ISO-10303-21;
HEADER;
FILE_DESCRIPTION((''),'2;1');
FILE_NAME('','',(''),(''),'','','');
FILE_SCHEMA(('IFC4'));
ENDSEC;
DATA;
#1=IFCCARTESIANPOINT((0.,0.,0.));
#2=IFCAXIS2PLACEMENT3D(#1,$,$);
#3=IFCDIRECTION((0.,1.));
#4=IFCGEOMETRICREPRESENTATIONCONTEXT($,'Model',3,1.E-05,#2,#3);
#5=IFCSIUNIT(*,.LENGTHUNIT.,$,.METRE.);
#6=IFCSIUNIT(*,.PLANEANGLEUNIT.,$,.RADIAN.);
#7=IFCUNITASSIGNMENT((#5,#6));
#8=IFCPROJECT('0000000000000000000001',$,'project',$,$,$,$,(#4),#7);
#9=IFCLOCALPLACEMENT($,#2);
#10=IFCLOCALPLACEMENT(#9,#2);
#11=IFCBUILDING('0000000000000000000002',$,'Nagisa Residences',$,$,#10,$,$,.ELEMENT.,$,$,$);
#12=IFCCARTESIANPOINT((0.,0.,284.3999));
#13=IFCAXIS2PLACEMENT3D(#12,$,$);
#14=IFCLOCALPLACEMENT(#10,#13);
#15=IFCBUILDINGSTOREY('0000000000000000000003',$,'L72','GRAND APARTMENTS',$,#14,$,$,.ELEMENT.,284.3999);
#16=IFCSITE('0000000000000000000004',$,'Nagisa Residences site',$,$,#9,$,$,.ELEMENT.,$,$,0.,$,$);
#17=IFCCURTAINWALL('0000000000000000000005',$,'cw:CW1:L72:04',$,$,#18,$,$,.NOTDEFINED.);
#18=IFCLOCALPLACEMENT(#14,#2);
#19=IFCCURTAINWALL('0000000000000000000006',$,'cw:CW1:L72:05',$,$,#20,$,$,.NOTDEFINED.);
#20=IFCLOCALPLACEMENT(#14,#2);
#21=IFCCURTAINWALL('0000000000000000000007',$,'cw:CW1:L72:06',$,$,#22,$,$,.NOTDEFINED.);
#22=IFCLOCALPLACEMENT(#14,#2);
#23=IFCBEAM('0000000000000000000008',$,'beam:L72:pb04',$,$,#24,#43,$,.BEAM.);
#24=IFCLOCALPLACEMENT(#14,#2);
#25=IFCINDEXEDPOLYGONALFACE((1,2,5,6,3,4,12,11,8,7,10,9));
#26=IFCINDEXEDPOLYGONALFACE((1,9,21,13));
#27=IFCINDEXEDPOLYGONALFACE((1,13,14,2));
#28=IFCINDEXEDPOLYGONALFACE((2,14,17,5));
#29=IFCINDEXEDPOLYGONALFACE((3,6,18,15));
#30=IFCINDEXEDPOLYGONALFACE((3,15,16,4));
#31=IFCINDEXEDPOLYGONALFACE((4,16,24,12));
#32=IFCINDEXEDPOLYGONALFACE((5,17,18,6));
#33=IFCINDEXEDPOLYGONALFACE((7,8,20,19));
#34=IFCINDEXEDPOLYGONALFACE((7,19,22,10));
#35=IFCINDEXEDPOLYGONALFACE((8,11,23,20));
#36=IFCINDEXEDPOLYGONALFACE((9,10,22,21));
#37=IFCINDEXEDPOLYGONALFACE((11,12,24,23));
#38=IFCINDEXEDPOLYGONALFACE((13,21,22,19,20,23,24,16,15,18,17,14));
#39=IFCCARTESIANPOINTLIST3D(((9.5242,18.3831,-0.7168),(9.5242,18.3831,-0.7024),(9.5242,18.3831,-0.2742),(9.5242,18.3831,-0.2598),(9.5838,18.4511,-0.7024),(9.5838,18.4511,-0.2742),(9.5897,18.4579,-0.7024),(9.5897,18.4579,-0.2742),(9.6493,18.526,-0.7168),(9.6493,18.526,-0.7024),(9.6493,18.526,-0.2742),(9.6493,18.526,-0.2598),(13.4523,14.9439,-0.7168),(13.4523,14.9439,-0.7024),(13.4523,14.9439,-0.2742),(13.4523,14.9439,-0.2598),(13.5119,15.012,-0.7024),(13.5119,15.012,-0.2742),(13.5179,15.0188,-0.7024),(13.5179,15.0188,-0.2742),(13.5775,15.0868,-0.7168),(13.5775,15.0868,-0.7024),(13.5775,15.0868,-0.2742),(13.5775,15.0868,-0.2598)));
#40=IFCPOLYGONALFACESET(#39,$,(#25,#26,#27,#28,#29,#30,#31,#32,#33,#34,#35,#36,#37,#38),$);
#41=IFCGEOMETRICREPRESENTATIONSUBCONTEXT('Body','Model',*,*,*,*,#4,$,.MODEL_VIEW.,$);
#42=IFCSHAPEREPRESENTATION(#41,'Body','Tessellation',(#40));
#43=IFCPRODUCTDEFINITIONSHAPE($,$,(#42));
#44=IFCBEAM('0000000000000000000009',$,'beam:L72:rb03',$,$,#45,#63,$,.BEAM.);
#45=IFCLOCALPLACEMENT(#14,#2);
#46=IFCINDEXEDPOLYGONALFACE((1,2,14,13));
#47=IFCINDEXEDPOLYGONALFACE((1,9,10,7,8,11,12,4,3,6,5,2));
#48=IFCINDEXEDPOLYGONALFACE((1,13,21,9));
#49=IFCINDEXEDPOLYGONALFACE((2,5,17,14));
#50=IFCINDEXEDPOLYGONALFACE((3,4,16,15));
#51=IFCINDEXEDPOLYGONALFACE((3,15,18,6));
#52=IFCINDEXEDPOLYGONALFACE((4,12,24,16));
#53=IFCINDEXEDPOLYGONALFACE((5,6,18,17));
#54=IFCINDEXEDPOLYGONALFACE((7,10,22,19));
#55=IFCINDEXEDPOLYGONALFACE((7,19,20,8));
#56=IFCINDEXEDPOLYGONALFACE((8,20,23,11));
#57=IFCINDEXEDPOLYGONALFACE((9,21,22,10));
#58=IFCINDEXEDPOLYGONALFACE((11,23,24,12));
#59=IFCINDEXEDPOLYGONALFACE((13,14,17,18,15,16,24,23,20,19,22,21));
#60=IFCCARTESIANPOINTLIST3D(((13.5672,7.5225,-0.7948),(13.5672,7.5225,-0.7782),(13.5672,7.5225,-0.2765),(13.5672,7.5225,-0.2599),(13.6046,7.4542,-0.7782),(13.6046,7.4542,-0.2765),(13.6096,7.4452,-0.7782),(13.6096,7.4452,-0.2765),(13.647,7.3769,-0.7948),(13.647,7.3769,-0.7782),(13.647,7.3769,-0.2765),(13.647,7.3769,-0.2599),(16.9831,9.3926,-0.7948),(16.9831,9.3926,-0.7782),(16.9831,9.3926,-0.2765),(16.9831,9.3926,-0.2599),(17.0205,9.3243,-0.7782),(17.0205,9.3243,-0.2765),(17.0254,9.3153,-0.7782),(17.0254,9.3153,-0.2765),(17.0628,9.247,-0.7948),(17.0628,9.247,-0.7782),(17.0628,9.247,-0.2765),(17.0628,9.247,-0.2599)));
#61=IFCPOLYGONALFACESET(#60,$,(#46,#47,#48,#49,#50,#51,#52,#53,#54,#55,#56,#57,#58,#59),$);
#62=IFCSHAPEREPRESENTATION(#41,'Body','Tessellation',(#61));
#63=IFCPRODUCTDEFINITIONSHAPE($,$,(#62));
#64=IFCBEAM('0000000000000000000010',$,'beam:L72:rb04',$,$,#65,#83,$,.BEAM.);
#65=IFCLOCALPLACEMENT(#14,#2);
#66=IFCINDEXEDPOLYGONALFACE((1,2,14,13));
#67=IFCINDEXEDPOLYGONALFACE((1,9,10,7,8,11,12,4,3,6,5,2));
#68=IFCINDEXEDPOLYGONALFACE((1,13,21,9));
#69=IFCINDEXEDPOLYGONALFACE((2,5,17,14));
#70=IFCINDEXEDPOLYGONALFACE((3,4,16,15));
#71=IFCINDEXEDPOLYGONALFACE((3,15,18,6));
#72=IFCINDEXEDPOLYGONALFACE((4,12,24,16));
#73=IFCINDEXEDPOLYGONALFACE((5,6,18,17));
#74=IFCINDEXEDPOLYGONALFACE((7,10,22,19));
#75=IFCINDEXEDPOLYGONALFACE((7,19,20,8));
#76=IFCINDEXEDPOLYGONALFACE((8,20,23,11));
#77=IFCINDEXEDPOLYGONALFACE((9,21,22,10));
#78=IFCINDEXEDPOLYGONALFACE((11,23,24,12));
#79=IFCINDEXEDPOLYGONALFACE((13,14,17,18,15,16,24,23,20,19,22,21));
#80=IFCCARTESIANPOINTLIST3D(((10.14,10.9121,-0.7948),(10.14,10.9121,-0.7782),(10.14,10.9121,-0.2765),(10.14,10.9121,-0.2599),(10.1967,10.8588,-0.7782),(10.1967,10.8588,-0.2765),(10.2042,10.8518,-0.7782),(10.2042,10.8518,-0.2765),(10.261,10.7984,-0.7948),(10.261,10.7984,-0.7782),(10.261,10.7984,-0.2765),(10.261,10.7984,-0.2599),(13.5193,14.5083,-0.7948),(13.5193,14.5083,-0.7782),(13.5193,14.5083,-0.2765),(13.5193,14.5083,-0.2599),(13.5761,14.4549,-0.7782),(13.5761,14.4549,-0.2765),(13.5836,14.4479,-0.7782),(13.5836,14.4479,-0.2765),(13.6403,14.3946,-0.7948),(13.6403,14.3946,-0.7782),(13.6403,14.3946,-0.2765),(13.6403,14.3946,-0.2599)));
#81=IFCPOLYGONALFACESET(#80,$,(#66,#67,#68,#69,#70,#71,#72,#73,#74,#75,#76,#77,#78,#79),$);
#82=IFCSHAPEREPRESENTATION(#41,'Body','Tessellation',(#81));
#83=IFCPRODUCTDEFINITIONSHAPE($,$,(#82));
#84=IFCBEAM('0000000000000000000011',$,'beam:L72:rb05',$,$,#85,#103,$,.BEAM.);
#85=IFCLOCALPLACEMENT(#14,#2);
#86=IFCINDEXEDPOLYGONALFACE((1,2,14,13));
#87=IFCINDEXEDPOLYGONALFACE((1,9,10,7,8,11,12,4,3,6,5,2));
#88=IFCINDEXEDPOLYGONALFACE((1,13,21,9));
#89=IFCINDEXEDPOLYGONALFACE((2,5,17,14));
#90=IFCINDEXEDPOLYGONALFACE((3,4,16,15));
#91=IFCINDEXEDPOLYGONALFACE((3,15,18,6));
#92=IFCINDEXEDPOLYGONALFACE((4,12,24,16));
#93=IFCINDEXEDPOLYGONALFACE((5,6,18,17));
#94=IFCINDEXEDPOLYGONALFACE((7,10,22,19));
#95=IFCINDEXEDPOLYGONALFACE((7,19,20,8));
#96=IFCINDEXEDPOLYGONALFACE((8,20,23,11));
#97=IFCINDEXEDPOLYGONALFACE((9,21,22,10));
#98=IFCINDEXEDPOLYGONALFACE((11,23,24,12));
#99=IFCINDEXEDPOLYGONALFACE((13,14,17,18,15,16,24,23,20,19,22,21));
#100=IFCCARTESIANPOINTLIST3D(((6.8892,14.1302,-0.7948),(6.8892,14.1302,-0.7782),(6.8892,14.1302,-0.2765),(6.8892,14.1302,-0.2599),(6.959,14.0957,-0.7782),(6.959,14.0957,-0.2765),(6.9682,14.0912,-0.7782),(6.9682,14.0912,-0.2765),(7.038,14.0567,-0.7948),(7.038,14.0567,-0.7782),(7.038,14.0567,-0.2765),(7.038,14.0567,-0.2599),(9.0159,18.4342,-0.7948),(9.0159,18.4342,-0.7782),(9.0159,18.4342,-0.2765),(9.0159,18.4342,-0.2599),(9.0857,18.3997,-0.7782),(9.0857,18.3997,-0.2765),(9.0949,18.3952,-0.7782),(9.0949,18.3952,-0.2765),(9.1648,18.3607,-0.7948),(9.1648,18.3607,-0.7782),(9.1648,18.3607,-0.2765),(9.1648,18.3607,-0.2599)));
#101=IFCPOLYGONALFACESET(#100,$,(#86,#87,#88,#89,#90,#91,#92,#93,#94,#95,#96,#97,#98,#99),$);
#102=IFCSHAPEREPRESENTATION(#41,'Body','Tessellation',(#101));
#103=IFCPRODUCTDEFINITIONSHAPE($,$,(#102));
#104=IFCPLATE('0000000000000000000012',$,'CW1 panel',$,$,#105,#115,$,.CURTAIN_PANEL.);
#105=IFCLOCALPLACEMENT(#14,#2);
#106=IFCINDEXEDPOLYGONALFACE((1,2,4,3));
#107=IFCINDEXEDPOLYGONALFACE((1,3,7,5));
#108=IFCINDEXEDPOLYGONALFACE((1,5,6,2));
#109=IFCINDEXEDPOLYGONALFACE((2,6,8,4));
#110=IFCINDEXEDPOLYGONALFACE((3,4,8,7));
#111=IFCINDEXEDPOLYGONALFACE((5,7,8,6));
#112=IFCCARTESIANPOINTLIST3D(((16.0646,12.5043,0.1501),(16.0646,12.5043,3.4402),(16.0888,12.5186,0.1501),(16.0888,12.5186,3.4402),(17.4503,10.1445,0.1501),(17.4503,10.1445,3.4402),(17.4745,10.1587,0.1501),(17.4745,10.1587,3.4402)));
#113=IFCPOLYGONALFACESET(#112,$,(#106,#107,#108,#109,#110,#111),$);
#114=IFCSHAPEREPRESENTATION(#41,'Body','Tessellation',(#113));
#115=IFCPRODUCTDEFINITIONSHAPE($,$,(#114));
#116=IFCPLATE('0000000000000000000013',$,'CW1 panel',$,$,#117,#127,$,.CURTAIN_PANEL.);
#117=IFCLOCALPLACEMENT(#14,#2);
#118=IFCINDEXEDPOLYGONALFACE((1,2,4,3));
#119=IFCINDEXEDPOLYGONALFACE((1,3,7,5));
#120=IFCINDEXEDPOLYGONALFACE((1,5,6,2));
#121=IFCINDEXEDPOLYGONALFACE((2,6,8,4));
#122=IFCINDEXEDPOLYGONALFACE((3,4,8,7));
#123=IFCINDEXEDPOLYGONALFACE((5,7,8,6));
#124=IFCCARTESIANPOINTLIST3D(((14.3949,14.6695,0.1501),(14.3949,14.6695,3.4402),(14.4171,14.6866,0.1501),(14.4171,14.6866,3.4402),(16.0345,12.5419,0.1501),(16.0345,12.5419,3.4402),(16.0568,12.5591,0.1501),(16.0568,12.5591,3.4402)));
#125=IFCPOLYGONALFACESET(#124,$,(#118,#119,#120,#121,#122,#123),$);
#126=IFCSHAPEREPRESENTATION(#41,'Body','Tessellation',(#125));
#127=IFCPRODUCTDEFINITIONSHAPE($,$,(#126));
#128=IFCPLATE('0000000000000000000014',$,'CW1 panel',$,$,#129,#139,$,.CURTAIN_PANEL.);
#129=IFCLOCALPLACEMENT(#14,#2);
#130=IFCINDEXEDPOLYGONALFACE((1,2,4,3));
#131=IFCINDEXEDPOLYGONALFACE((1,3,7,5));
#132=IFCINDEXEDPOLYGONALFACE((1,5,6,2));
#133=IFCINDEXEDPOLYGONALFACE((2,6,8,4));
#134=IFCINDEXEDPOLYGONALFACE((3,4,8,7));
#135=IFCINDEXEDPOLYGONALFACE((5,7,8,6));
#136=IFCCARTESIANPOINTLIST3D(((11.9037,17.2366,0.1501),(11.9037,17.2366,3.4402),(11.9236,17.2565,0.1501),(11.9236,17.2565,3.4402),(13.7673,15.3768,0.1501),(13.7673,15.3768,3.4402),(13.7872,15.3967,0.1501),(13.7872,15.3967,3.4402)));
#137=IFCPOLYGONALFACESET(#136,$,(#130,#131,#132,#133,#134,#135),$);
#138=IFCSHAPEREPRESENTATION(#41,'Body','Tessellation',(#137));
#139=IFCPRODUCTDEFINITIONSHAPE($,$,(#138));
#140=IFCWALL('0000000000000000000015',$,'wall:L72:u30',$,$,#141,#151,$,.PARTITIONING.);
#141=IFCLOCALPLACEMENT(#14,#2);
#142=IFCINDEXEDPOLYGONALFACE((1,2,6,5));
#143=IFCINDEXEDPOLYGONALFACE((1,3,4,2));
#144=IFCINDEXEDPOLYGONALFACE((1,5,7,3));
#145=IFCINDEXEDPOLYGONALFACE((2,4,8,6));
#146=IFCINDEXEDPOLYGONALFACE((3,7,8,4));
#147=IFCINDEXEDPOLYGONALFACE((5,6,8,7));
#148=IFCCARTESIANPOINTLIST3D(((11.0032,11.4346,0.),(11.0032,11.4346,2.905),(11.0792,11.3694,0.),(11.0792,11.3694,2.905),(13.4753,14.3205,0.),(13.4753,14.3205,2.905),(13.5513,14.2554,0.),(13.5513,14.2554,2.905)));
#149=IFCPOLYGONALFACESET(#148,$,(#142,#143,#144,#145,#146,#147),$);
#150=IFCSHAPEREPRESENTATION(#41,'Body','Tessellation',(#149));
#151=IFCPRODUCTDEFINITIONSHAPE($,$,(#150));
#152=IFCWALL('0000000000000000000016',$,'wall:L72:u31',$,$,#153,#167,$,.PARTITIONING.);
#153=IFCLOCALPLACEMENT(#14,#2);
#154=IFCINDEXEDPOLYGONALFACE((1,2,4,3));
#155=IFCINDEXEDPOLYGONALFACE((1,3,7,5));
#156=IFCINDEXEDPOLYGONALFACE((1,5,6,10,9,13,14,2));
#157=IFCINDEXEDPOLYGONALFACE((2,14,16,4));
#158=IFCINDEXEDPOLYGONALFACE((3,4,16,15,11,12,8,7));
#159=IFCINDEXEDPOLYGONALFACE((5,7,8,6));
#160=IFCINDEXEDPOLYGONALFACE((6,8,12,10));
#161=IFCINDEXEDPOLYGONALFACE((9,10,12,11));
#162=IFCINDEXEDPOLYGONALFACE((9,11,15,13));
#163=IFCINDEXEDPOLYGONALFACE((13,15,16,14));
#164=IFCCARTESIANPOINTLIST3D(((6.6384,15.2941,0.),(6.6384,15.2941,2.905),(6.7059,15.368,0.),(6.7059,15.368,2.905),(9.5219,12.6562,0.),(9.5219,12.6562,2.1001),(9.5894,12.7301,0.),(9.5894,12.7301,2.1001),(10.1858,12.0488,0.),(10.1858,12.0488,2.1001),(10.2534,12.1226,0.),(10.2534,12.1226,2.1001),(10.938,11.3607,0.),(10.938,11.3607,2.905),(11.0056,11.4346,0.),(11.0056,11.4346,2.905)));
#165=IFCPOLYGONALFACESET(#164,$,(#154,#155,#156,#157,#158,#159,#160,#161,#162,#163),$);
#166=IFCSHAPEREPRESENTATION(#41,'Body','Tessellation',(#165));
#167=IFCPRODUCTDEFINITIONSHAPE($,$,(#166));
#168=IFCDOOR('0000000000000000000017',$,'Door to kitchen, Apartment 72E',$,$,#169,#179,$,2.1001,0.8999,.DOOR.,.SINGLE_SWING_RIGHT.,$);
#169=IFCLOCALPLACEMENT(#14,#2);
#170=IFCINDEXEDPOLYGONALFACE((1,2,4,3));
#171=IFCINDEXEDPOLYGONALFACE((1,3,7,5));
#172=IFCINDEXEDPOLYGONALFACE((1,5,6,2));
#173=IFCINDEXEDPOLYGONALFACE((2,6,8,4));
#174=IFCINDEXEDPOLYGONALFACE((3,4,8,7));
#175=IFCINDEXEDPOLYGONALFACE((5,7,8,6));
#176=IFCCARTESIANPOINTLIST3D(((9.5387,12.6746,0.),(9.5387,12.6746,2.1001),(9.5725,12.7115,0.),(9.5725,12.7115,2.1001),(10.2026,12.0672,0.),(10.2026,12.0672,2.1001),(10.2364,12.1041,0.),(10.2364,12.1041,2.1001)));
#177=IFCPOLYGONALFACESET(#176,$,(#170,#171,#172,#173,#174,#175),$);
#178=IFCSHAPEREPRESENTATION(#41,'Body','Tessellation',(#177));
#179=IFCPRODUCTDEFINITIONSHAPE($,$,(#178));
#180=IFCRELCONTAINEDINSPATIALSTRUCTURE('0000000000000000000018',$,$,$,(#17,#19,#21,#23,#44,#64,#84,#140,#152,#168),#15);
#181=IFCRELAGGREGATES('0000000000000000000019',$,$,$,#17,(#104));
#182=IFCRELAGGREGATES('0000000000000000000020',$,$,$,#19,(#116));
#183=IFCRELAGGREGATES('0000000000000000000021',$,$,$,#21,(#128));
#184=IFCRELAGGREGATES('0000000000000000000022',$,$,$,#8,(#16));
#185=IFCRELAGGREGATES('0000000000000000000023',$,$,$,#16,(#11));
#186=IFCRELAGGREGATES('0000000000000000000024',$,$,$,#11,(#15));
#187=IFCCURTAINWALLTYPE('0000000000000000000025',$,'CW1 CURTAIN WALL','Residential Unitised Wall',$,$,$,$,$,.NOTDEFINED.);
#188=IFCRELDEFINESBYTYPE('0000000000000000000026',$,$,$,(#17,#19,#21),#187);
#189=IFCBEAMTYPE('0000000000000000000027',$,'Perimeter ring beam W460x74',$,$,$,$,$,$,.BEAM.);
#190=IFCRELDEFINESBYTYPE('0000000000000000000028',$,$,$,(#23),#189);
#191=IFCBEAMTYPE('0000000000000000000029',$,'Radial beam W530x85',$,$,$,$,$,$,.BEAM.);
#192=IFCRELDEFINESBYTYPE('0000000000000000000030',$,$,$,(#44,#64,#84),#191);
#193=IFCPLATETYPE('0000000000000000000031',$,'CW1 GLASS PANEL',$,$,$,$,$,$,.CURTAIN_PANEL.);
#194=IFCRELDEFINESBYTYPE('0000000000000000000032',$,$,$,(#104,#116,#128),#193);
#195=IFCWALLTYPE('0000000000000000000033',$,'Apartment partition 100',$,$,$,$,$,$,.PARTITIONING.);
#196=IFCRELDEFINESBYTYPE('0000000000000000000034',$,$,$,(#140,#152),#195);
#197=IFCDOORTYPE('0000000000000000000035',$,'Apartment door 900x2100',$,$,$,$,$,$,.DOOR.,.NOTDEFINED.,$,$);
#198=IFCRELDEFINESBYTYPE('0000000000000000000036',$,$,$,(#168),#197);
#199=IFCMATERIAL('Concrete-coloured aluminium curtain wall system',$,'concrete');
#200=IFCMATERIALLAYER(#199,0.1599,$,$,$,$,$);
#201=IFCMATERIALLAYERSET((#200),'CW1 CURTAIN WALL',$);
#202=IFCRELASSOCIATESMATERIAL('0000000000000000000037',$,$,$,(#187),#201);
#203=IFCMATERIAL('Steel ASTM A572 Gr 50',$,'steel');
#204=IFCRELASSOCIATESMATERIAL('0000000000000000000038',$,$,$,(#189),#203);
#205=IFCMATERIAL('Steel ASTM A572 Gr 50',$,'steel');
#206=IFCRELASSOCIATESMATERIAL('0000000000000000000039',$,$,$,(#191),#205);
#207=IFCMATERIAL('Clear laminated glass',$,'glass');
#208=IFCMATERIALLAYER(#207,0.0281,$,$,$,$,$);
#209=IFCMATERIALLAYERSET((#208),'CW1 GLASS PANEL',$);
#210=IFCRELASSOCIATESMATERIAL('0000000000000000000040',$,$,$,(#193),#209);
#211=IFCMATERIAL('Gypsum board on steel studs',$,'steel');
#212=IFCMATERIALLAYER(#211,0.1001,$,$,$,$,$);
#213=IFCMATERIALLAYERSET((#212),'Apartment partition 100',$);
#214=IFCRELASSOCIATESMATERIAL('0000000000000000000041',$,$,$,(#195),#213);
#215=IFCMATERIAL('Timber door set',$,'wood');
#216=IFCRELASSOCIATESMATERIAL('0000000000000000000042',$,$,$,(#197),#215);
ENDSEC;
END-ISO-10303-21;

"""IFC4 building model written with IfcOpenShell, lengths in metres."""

from ifc_helpers import new_model, si_unit, direction, frame, frame_2d, origin, origin_2d, place, context, subcontext, project, spatial, rectangle, i_section, extrude, material, layer, layer_set, material_profile, profile_set, type_object, element, fill, aggregate, save


model = new_model("IFC4")

# Units and contexts
model_context = context("Model", 3, precision=1e-05, world=origin(), true_north=direction((0.0, 1.0)))
body_context = subcontext(model_context, "Body", "Model", "MODEL_VIEW")
ifc_project = project(units=[si_unit("LENGTHUNIT", "METRE"), si_unit("PLANEANGLEUNIT", "RADIAN")], contexts=[model_context])

# Site, building, storey
site_placement = place(None, origin())
site = spatial("IfcSite", under=ifc_project, at=site_placement, Name="Nagisa Residences site", CompositionType="ELEMENT", RefElevation=0.0)
building_placement = place(site_placement, origin())
building = spatial("IfcBuilding", under=site, at=building_placement, Name="Nagisa Residences", CompositionType="ELEMENT")
storey_placement = place(building_placement, frame((0.0, 0.0, 284.3999)))
storey = spatial("IfcBuildingStorey", under=building, at=storey_placement, Name="L72", Description="GRAND APARTMENTS", CompositionType="ELEMENT", Elevation=284.3999)

# Curtain walls
ifc_material_1 = material(Name="Concrete-coloured aluminium curtain wall system", Category="concrete")
ifc_layer_1 = layer(ifc_material_1, 0.1599)
ifc_layer_set_1 = layer_set([ifc_layer_1], Name="CW1 CURTAIN WALL")
curtain_wall_type = type_object("IfcCurtainWallType", Name="CW1 CURTAIN WALL", Description="Residential Unitised Wall", PredefinedType="NOTDEFINED", material=ifc_layer_set_1)
curtain_wall_1_placement = place(storey_placement, origin())
curtain_wall_1 = element("IfcCurtainWall", 1, at=curtain_wall_1_placement, inside=storey, type_object=curtain_wall_type, Name="cw:CW1:L72:04", PredefinedType="NOTDEFINED")
curtain_wall_2_placement = place(storey_placement, origin())
curtain_wall_2 = element("IfcCurtainWall", 2, at=curtain_wall_2_placement, inside=storey, type_object=curtain_wall_type, Name="cw:CW1:L72:05", PredefinedType="NOTDEFINED")
curtain_wall_3_placement = place(storey_placement, origin())
curtain_wall_3 = element("IfcCurtainWall", 3, at=curtain_wall_3_placement, inside=storey, type_object=curtain_wall_type, Name="cw:CW1:L72:06", PredefinedType="NOTDEFINED")

# Beams
ifc_material_2 = material(Name="Steel ASTM A572 Gr 50", Category="steel")
ifc_material_profile_1 = material_profile(ifc_material_2, i_section(OverallWidth=0.1899, OverallDepth=0.457, WebThickness=0.009, FlangeThickness=0.0144, at=origin_2d()), Name="W460x74")
ifc_profile_set_1 = profile_set([ifc_material_profile_1], Name="Steel ASTM A572 Gr 50")
beam_type_1 = type_object("IfcBeamType", Name="Perimeter ring beam W460x74", PredefinedType="BEAM", material=ifc_profile_set_1)
beam_1_placement = place(storey_placement, frame((13.5149, 15.0154, -0.4883), z_axis=(-0.752385, 0.658723, 0.0), x_axis=(-0.658723, -0.752385, 0.0)))
element("IfcBeam", 4, at=beam_1_placement, inside=storey, type_object=beam_type_1, Name="beam:L72:pb04", PredefinedType="BEAM", context=body_context, shape_type="SweptSolid", body=[
    extrude(i_section(OverallWidth=0.1899, OverallDepth=0.457, WebThickness=0.009, FlangeThickness=0.0144, at=origin_2d()), origin(), (0.0, 0.0, 1.0), 5.2209),
])
ifc_material_3 = material(Name="Steel ASTM A572 Gr 50", Category="steel")
ifc_material_profile_2 = material_profile(ifc_material_3, i_section(OverallWidth=0.166, OverallDepth=0.5349, WebThickness=0.0103, FlangeThickness=0.0166, at=origin_2d()), Name="W530x85")
ifc_profile_set_2 = profile_set([ifc_material_profile_2], Name="Steel ASTM A572 Gr 50")
beam_type_2 = type_object("IfcBeamType", Name="Radial beam W530x85", PredefinedType="BEAM", material=ifc_profile_set_2)
beam_2_placement = place(storey_placement, frame((17.0229, 9.3198, -0.5273), z_axis=(-0.877142, -0.480231, 0.0), x_axis=(0.480231, -0.877142, 0.0)))
element("IfcBeam", 5, at=beam_2_placement, inside=storey, type_object=beam_type_2, Name="beam:L72:rb03", PredefinedType="BEAM", context=body_context, shape_type="SweptSolid", body=[
    extrude(i_section(OverallWidth=0.166, OverallDepth=0.5349, WebThickness=0.0103, FlangeThickness=0.0166, at=origin_2d()), origin(), (0.0, 0.0, 1.0), 3.8943),
])
beam_3_placement = place(storey_placement, frame((13.5798, 14.4514, -0.5273), z_axis=(-0.6848, -0.728731, 0.0), x_axis=(0.728731, -0.6848, 0.0)))
element("IfcBeam", 6, at=beam_3_placement, inside=storey, type_object=beam_type_2, Name="beam:L72:rb04", PredefinedType="BEAM", context=body_context, shape_type="SweptSolid", body=[
    extrude(i_section(OverallWidth=0.166, OverallDepth=0.5349, WebThickness=0.0103, FlangeThickness=0.0166, at=origin_2d()), origin(), (0.0, 0.0, 1.0), 4.9348),
])
beam_4_placement = place(storey_placement, frame((9.0903, 18.3975, -0.5273), z_axis=(-0.442998, -0.896523, 0.0), x_axis=(0.896523, -0.442998, 0.0)))
element("IfcBeam", 7, at=beam_4_placement, inside=storey, type_object=beam_type_2, Name="beam:L72:rb05", PredefinedType="BEAM", context=body_context, shape_type="SweptSolid", body=[
    extrude(i_section(OverallWidth=0.166, OverallDepth=0.5349, WebThickness=0.0103, FlangeThickness=0.0166, at=origin_2d()), origin(), (0.0, 0.0, 1.0), 4.8008),
])

# Plates
ifc_material_4 = material(Name="Clear laminated glass", Category="glass")
ifc_layer_2 = layer(ifc_material_4, 0.0281)
ifc_layer_set_2 = layer_set([ifc_layer_2], Name="CW1 GLASS PANEL")
plate_type = type_object("IfcPlateType", Name="CW1 GLASS PANEL", PredefinedType="CURTAIN_PANEL", material=ifc_layer_set_2)
plate_1_placement = place(storey_placement, frame((16.7695, 11.3315, 0.1501), z_axis=(0.0, 0.0, 1.0), x_axis=(-0.506349, 0.862329, 0.0)))
plate_1 = element("IfcPlate", 8, at=plate_1_placement, type_object=plate_type, Name="CW1 panel", PredefinedType="CURTAIN_PANEL", context=body_context, shape_type="SweptSolid", body=[
    extrude(rectangle(XDim=2.7366, YDim=0.0281, at=origin_2d()), origin(), (0.0, 0.0, 1.0), 3.29),
])
aggregate(curtain_wall_1, [plate_1])
plate_2_placement = place(storey_placement, frame((15.2258, 13.6143, 0.1501), z_axis=(0.0, 0.0, 1.0), x_axis=(-0.61043, 0.79207, 0.0)))
plate_2 = element("IfcPlate", 9, at=plate_2_placement, type_object=plate_type, Name="CW1 panel", PredefinedType="CURTAIN_PANEL", context=body_context, shape_type="SweptSolid", body=[
    extrude(rectangle(XDim=2.686, YDim=0.0281, at=origin_2d()), origin(), (0.0, 0.0, 1.0), 3.29),
])
aggregate(curtain_wall_2, [plate_2])
plate_3_placement = place(storey_placement, frame((12.8455, 16.3167, 0.1501), z_axis=(0.0, 0.0, 1.0), x_axis=(-0.707836, 0.706377, 0.0)))
plate_3 = element("IfcPlate", 10, at=plate_3_placement, type_object=plate_type, Name="CW1 panel", PredefinedType="CURTAIN_PANEL", context=body_context, shape_type="SweptSolid", body=[
    extrude(rectangle(XDim=2.6328, YDim=0.0281, at=origin_2d()), origin(), (0.0, 0.0, 1.0), 3.29),
])
aggregate(curtain_wall_3, [plate_3])

# Wall
ifc_material_5 = material(Name="Gypsum board on steel studs", Category="steel")
ifc_layer_3 = layer(ifc_material_5, 0.1001)
ifc_layer_set_3 = layer_set([ifc_layer_3], Name="Apartment partition 100")
wall_type_1 = type_object("IfcWallType", Name="Apartment partition 100", PredefinedType="PARTITIONING", material=ifc_layer_set_3)
wall_1_placement = place(storey_placement, frame((11.0413, 11.4021, 0.0), z_axis=(0.0, 0.0, 1.0), x_axis=(0.650559, 0.759456, 0.0)))
element("IfcWall", 11, at=wall_1_placement, inside=storey, type_object=wall_type_1, Name="wall:L72:u30", PredefinedType="PARTITIONING", context=body_context, shape_type="SweptSolid", body=[
    extrude(rectangle(XDim=3.8, YDim=0.1001, at=frame_2d((1.8999, 0.0))), origin(), (0.0, 0.0, 1.0), 2.905),
])

# Wall, opening, door
wall_2_placement = place(storey_placement, frame((10.9717, 11.3977, 0.0), z_axis=(0.0, 0.0, 1.0), x_axis=(-0.73783, 0.674986, 0.0)))
wall_2 = element("IfcWall", 12, at=wall_2_placement, inside=storey, type_object=wall_type_1, Name="wall:L72:u31", PredefinedType="PARTITIONING", context=body_context, shape_type="SweptSolid", body=[
    extrude(rectangle(XDim=5.8274, YDim=0.1001, at=frame_2d((2.9136, 0.0))), origin(), (0.0, 0.0, 1.0), 2.905),
])
opening_1_placement = place(wall_2_placement, frame((1.0193, 0.0, 0.0)))
opening_1 = element("IfcOpeningElement", 13, at=opening_1_placement, cuts=wall_2, PredefinedType="OPENING", context=body_context, shape_type="SweptSolid", body=[
    extrude(rectangle(XDim=0.8999, YDim=2.1001, at=frame_2d((0.45, 1.05))), frame((0.0, 0.0601, 0.0), z_axis=(0.0, -1.0, 0.0), x_axis=(1.0, 0.0, 0.0)), (0.0, 0.0, 1.0), 0.1201),
])
ifc_material_6 = material(Name="Timber door set", Category="wood")
door_type_1 = type_object("IfcDoorType", Name="Apartment door 900x2100", OperationType="NOTDEFINED", PredefinedType="DOOR", material=ifc_material_6)
door_1_placement = place(opening_1_placement, frame((0.8999, 0.0, 0.0), x_axis=(-1.0, 0.0, 0.0)))
door_1 = element("IfcDoor", 14, at=door_1_placement, inside=storey, type_object=door_type_1, Name="Door to kitchen, Apartment 72E", OperationType="SINGLE_SWING_RIGHT", OverallHeight=2.1001, OverallWidth=0.8999, PredefinedType="DOOR", context=body_context, shape_type="SweptSolid", body=[
    extrude(rectangle(XDim=0.8999, YDim=2.1001, at=frame_2d((0.45, 1.05))), frame((0.0, 0.0249, 0.0), z_axis=(0.0, -1.0, 0.0), x_axis=(1.0, 0.0, 0.0)), (0.0, 0.0, 1.0), 0.05),
])
fill(opening_1, door_1)

save(model, "model.ifc")
